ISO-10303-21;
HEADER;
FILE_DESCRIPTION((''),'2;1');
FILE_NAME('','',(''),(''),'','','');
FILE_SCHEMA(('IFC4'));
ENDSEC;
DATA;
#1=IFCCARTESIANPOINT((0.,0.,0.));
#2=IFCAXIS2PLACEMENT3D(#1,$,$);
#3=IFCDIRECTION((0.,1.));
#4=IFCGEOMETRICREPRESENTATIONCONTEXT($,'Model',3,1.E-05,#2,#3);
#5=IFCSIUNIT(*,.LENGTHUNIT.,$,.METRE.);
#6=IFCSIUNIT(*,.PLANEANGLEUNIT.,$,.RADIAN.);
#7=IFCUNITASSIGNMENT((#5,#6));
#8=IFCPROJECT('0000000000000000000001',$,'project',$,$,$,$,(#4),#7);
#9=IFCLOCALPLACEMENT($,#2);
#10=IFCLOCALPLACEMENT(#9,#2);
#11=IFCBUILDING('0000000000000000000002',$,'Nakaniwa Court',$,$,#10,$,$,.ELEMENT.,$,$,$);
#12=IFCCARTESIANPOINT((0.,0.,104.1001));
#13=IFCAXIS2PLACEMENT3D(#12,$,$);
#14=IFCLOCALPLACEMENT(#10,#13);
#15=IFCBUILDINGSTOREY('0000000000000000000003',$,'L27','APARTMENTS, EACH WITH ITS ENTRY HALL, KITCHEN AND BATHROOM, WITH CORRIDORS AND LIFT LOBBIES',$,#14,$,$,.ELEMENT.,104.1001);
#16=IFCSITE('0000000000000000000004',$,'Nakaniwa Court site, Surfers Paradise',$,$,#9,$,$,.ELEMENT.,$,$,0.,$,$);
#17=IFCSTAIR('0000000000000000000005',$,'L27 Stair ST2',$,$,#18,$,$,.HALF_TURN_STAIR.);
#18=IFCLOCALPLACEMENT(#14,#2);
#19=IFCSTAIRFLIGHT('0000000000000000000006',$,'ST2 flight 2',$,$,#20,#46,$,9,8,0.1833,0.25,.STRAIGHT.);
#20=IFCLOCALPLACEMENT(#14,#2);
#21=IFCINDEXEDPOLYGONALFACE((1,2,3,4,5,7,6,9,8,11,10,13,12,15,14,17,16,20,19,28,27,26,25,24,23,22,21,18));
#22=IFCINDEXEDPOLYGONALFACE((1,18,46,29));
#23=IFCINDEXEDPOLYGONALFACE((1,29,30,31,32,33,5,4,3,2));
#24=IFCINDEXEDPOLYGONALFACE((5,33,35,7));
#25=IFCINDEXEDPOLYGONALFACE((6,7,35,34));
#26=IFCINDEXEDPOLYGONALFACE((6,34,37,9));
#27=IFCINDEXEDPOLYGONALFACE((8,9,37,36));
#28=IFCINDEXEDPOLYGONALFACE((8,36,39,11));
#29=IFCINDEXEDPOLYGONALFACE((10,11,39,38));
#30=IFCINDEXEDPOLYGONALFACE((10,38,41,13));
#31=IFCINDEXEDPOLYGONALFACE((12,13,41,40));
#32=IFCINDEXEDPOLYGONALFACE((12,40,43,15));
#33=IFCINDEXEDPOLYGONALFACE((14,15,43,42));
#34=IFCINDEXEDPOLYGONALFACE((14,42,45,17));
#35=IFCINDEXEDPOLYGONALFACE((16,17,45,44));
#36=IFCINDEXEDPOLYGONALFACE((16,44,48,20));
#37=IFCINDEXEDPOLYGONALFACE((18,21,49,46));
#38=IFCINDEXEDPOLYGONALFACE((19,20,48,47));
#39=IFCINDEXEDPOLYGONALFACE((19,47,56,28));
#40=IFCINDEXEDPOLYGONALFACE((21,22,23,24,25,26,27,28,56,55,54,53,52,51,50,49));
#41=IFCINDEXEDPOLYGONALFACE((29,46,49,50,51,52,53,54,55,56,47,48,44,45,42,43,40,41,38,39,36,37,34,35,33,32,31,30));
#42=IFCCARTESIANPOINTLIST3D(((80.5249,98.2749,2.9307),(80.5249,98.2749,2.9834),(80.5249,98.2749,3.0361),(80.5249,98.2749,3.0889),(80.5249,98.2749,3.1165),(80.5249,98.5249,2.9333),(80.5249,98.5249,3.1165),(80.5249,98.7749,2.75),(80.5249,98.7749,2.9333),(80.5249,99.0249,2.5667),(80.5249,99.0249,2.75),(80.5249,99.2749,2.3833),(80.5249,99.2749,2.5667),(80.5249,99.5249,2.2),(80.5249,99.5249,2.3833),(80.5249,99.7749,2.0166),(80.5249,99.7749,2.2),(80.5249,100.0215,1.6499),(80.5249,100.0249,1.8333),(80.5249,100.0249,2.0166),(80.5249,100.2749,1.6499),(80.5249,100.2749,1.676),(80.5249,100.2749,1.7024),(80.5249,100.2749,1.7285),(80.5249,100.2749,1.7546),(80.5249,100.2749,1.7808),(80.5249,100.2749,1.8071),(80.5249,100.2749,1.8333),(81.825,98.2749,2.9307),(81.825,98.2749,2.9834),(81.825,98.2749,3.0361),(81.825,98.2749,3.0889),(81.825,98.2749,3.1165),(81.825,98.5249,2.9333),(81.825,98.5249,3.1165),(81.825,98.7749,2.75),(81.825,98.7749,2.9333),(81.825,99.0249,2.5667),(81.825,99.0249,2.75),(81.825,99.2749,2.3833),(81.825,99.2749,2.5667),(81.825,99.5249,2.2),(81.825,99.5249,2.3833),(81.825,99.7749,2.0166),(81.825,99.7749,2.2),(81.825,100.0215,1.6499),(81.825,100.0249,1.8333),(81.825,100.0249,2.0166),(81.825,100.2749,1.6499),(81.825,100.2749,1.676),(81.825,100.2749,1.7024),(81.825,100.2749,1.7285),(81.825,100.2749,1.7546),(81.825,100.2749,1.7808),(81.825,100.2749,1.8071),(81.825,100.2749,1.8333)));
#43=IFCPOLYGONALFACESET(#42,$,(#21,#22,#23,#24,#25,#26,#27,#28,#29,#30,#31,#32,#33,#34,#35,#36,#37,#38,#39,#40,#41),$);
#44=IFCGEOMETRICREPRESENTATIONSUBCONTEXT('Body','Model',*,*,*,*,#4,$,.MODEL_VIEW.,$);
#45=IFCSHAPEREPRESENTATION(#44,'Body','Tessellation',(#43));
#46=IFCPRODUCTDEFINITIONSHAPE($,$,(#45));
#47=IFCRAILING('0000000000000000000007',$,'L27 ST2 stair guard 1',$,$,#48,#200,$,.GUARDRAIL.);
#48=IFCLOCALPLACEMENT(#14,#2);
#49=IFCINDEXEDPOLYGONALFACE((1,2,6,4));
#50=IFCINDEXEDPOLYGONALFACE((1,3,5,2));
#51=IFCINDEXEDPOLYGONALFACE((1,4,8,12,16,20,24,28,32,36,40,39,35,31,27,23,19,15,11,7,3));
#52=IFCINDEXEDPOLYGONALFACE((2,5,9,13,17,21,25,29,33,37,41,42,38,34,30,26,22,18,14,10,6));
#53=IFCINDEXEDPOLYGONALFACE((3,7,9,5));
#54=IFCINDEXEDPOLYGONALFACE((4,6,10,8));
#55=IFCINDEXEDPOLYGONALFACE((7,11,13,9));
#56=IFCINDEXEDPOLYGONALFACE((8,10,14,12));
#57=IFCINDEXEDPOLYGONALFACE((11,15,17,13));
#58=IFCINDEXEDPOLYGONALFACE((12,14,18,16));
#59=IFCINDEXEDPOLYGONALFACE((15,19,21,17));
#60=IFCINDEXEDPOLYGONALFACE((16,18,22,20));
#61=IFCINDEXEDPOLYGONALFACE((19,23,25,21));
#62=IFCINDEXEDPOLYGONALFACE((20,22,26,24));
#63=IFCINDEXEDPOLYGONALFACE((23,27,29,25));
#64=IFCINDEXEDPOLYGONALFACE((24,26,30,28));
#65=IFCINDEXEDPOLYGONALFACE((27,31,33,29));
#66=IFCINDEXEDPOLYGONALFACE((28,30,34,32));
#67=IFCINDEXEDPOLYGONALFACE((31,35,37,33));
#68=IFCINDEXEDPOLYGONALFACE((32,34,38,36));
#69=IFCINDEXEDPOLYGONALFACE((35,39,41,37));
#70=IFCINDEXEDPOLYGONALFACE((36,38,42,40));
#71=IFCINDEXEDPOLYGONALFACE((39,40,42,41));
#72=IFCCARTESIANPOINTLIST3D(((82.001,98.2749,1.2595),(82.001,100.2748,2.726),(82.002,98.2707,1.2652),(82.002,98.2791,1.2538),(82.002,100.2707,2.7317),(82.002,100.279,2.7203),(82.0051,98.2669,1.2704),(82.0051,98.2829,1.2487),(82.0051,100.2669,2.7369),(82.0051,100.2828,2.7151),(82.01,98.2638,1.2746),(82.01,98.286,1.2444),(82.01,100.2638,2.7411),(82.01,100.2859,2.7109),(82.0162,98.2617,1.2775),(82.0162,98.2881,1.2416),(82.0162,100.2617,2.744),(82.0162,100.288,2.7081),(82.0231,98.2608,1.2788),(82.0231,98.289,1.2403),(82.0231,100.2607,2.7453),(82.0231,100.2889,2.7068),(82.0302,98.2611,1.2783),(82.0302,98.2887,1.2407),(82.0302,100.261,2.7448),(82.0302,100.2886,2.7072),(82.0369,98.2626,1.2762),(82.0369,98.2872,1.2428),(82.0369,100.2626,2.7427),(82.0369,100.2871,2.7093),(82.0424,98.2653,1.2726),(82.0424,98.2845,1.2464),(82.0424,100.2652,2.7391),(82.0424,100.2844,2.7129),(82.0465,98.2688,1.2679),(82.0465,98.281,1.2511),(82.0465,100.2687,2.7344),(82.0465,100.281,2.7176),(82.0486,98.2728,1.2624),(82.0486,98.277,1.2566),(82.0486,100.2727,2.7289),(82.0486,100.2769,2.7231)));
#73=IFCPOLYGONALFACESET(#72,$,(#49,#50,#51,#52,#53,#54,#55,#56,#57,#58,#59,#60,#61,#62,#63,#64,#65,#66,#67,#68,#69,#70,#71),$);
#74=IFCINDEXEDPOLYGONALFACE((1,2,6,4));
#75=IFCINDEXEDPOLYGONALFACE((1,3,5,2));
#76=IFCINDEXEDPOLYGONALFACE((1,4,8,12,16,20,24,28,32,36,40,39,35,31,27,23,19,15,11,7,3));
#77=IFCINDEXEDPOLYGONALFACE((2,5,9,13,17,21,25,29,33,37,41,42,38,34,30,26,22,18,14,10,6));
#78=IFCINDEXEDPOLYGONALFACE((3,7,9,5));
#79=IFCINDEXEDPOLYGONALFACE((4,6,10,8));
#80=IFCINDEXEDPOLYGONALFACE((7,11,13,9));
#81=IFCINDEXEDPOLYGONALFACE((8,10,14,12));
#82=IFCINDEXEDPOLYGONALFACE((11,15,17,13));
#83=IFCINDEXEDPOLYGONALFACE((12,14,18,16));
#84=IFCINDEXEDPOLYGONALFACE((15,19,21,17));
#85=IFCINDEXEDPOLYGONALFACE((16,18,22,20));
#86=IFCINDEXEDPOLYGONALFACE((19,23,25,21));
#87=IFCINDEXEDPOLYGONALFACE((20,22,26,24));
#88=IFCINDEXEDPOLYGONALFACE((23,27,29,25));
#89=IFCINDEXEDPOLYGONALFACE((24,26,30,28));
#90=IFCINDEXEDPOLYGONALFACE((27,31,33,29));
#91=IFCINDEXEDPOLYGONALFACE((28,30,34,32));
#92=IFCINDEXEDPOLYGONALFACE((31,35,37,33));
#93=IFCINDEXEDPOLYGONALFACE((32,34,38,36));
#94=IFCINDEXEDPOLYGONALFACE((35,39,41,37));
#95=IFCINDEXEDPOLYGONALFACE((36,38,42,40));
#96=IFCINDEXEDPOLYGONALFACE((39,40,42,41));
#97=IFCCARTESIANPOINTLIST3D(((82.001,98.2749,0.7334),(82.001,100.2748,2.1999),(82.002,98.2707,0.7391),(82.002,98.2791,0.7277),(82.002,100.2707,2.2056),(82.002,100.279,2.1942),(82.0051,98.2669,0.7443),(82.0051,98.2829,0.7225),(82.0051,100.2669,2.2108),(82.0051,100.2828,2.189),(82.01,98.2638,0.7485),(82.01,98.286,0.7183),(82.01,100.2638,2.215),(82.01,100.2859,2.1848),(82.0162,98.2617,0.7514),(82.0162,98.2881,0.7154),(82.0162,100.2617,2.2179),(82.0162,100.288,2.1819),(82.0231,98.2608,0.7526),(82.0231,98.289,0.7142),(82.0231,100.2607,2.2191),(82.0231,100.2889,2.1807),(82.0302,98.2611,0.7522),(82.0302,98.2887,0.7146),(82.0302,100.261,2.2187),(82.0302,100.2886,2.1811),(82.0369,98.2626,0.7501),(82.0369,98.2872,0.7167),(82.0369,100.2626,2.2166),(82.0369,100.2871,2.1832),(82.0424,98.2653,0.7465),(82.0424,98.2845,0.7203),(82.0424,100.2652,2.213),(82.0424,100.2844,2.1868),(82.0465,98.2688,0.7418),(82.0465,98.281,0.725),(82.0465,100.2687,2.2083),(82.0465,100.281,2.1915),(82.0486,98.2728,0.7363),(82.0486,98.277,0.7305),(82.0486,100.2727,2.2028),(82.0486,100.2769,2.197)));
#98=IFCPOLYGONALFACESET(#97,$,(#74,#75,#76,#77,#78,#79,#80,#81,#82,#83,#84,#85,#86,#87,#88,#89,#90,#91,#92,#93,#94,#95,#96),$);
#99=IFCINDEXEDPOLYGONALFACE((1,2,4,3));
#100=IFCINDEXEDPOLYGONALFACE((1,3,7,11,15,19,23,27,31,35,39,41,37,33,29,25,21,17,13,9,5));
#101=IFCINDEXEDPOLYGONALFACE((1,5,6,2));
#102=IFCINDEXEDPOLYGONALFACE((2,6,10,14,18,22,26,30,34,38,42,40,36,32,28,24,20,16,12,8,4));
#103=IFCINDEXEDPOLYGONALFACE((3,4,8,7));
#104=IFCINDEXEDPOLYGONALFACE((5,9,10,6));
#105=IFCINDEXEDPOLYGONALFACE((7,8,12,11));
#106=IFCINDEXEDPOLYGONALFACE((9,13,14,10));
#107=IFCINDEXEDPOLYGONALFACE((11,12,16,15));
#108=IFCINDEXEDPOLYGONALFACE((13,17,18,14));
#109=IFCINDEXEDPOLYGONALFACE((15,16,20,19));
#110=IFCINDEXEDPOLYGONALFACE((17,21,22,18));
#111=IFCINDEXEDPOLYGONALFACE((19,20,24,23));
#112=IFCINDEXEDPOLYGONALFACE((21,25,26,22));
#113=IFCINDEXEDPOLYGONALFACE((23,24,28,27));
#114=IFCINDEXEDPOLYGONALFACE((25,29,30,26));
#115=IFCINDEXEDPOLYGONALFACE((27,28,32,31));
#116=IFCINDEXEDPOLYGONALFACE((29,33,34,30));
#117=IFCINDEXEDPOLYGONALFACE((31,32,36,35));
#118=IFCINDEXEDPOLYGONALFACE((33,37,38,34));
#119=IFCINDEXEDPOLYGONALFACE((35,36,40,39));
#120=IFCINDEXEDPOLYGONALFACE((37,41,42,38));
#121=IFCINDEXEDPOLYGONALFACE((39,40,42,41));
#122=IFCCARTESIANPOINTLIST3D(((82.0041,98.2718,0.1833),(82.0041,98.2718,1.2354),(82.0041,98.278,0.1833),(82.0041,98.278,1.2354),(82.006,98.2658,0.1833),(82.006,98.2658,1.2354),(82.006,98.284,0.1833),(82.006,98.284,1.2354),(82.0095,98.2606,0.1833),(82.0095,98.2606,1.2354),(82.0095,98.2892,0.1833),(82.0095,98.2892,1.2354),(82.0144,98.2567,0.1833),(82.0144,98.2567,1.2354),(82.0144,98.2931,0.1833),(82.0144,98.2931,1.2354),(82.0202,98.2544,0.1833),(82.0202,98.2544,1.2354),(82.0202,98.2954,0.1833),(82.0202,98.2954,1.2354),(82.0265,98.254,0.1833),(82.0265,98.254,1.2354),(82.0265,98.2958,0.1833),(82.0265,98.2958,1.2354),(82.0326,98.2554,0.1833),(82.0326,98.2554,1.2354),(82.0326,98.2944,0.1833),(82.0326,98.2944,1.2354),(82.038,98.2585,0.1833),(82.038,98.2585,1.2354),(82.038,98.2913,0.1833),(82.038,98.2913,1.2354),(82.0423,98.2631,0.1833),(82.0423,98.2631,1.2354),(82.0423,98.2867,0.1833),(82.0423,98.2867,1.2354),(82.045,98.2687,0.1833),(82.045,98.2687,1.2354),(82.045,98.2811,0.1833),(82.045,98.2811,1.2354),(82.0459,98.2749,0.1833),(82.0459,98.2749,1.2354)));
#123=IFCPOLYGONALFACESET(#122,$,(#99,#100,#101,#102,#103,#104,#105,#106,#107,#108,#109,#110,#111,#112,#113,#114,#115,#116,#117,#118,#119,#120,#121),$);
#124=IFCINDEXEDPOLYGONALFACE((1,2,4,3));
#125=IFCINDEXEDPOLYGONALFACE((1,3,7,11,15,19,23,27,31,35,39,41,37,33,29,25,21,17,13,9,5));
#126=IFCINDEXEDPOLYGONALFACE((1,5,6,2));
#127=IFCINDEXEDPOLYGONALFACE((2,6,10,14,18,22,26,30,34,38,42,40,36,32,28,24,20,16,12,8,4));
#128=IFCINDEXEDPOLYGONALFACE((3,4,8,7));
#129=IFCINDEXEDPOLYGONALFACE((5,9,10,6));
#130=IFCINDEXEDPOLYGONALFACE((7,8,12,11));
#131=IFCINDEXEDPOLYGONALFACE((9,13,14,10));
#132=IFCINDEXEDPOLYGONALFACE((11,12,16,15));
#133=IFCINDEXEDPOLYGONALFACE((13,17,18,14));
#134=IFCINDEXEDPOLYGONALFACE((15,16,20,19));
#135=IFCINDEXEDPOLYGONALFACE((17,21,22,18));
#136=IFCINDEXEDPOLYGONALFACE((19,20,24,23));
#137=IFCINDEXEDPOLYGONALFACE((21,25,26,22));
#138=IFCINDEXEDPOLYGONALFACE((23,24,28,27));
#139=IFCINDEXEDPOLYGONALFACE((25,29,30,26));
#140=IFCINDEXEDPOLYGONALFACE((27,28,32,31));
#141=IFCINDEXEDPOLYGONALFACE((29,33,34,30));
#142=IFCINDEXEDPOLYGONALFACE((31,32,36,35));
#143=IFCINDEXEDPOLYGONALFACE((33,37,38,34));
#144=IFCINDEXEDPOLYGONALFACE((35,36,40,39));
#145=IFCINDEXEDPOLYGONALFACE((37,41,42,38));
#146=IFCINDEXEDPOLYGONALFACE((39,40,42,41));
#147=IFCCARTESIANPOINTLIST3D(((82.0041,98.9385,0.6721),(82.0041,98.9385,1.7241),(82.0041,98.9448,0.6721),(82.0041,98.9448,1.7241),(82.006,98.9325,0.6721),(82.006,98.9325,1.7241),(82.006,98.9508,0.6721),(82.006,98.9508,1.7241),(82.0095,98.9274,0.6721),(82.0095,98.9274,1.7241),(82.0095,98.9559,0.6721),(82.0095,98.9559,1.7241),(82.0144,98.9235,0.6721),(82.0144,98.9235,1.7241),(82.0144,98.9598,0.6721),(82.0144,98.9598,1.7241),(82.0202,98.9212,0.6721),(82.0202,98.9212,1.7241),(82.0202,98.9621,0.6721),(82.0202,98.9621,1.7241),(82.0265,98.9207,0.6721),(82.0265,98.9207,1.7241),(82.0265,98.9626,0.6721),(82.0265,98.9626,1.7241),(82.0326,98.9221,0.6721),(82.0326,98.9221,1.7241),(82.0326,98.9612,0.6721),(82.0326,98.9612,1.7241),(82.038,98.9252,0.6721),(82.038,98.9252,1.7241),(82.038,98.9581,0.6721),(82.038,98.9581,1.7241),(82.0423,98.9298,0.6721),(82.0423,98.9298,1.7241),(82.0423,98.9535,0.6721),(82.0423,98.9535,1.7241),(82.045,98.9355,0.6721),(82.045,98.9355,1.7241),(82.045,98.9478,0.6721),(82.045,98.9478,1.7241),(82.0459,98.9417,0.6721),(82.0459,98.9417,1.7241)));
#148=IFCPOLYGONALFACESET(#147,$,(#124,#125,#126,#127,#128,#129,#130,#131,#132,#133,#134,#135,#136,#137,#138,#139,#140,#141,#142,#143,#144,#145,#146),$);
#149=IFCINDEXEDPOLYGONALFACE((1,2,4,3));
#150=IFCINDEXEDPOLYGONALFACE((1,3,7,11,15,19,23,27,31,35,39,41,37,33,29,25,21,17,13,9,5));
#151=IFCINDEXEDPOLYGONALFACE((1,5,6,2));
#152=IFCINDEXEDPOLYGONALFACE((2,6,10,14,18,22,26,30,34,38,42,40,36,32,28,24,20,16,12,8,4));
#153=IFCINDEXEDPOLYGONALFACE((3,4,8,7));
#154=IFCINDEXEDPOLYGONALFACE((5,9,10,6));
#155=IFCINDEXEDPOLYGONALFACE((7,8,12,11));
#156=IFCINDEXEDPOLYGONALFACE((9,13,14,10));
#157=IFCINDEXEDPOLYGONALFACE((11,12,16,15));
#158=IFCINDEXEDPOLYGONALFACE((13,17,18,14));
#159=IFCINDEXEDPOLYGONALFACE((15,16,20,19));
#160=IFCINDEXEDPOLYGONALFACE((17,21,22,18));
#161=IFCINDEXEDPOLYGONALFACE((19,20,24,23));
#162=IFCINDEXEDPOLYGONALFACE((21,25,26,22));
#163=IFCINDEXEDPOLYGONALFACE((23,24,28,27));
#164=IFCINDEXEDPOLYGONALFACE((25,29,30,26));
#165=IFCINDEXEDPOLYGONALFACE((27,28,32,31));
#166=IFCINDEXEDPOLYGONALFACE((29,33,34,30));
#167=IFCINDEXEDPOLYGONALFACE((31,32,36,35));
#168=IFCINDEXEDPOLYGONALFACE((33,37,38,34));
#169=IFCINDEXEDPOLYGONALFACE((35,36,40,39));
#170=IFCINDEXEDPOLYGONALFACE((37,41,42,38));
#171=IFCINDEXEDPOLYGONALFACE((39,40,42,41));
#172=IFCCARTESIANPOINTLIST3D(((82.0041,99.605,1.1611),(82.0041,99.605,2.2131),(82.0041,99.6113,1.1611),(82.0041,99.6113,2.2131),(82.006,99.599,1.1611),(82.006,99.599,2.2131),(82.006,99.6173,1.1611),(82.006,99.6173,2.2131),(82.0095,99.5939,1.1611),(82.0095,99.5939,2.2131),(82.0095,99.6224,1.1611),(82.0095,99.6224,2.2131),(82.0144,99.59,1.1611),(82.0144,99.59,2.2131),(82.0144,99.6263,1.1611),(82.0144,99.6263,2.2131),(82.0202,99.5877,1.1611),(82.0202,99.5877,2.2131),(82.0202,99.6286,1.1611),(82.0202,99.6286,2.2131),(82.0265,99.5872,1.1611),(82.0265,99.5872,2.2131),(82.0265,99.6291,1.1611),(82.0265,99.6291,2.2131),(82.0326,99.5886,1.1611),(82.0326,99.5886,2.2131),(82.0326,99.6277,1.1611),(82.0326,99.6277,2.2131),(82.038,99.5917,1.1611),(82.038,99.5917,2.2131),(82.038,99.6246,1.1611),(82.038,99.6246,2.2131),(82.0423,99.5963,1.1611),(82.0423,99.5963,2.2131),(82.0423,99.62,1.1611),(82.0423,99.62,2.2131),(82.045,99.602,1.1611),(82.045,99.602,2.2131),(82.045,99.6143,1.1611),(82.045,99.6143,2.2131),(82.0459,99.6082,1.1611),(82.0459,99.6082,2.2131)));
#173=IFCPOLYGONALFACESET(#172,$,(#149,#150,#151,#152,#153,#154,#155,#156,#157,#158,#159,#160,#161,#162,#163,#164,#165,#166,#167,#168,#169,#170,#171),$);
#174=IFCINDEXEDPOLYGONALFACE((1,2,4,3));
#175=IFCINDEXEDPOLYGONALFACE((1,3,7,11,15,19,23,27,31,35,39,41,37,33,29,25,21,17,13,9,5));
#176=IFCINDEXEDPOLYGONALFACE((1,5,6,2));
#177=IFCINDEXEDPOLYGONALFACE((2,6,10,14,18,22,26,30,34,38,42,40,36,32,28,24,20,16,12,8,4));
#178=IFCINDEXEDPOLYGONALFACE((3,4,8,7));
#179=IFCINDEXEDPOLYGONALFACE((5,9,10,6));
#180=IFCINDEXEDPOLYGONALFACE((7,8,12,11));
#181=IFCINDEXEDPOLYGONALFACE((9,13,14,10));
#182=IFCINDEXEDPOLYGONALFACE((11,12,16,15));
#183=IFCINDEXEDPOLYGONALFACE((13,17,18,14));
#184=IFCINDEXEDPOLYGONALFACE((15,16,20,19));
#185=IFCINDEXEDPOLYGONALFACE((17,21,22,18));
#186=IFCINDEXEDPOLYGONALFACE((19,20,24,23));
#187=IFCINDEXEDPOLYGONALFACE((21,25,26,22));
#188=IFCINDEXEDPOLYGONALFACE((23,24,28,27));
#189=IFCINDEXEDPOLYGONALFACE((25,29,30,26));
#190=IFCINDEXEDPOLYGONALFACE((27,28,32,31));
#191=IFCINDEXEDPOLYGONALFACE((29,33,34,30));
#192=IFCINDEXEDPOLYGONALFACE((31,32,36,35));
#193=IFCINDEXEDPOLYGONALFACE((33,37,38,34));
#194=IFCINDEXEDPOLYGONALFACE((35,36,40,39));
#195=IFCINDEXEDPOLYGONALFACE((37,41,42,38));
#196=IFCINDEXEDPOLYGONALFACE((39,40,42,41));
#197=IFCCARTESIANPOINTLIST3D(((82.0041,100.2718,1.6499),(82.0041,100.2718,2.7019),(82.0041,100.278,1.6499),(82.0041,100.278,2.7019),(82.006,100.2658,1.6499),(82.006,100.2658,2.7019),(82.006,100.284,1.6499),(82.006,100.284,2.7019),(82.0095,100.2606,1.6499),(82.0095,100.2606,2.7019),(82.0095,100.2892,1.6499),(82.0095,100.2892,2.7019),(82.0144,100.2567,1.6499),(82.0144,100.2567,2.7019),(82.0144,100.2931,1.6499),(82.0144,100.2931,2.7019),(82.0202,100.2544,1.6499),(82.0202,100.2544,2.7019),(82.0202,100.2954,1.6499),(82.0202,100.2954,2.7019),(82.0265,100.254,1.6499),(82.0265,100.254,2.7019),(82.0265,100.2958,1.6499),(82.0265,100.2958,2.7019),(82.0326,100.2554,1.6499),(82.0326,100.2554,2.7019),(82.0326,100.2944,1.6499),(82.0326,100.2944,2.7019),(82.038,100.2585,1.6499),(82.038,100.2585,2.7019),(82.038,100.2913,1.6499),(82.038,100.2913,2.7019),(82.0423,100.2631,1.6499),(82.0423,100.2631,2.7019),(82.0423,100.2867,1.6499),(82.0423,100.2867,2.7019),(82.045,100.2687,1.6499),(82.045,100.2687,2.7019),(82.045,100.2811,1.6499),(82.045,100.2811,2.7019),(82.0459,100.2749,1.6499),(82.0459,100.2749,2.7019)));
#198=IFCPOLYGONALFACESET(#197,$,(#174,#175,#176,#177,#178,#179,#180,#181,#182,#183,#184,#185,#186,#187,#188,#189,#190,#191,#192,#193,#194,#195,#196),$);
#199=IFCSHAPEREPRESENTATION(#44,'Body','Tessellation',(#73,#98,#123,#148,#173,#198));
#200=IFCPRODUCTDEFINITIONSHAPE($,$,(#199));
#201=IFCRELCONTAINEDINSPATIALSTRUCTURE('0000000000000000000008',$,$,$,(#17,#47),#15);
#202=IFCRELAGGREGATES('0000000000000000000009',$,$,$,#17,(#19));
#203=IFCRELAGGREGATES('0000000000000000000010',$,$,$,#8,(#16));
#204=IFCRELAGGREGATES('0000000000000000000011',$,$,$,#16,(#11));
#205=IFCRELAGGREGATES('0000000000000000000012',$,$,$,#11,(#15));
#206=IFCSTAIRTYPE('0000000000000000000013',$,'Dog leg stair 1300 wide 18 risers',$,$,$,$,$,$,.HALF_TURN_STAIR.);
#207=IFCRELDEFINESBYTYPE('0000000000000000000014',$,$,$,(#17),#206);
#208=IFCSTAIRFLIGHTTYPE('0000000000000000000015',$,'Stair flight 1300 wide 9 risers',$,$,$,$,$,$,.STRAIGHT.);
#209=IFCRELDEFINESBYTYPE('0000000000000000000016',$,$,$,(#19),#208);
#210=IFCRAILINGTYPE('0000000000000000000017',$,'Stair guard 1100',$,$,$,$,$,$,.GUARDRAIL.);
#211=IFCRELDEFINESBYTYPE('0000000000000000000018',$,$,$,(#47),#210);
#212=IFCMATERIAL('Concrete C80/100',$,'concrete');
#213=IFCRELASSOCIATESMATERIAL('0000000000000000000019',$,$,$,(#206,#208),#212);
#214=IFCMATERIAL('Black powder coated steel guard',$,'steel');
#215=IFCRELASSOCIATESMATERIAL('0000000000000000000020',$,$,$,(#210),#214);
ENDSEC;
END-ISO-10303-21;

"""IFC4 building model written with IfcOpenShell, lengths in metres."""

from ifc_helpers import new_model, si_unit, direction, frame, origin, origin_2d, place, context, subcontext, project, spatial, polyline, circle, outline, extrude, material, type_object, element, aggregate, save


model = new_model("IFC4")

# Units and contexts
model_context = context("Model", 3, precision=1e-05, world=origin(), true_north=direction((0.0, 1.0)))
body_context = subcontext(model_context, "Body", "Model", "MODEL_VIEW")
ifc_project = project(units=[si_unit("LENGTHUNIT", "METRE"), si_unit("PLANEANGLEUNIT", "RADIAN")], contexts=[model_context])

# Site, building, storey
site_placement = place(None, origin())
site = spatial("IfcSite", under=ifc_project, at=site_placement, Name="Nakaniwa Court site, Surfers Paradise", CompositionType="ELEMENT", RefElevation=0.0)
building_placement = place(site_placement, origin())
building = spatial("IfcBuilding", under=site, at=building_placement, Name="Nakaniwa Court", CompositionType="ELEMENT")
storey_placement = place(building_placement, frame((0.0, 0.0, 104.1001)))
storey = spatial("IfcBuildingStorey", under=building, at=storey_placement, Name="L27", Description="APARTMENTS, EACH WITH ITS ENTRY HALL, KITCHEN AND BATHROOM, WITH CORRIDORS AND LIFT LOBBIES", CompositionType="ELEMENT", Elevation=104.1001)

# Shared definitions
ifc_material_1 = material(Name="Concrete C80/100", Category="concrete")

# Stair, stair flight
stair_type = type_object("IfcStairType", Name="Dog leg stair 1300 wide 18 risers", PredefinedType="HALF_TURN_STAIR", material=ifc_material_1)
stair_placement = place(storey_placement, origin())
stair = element("IfcStair", 1, at=stair_placement, inside=storey, type_object=stair_type, Name="L27 Stair ST2", PredefinedType="HALF_TURN_STAIR")
stair_flight_type = type_object("IfcStairFlightType", Name="Stair flight 1300 wide 9 risers", PredefinedType="STRAIGHT", material=ifc_material_1)
stair_flight_1_placement = place(storey_placement, frame((81.175, 100.2749, 1.6499), z_axis=(0.0, 0.0, 1.0), x_axis=(0.0, -1.0, 0.0)))
stair_flight_1 = element("IfcStairFlight", 2, at=stair_flight_1_placement, type_object=stair_flight_type, Name="ST2 flight 2", NumberOfRisers=9, NumberOfTreads=8, PredefinedType="STRAIGHT", RiserHeight=0.1833, TreadLength=0.25, context=body_context, shape_type="SweptSolid", body=[
    extrude(outline(polyline([(0.0, 0.0), (0.0, 0.0261), (0.0, 0.0525), (0.0, 0.0786), (0.0, 0.1047), (0.0, 0.1309), (0.0, 0.1572), (0.0, 0.1833), (0.25, 0.1833), (0.25, 0.3667), (0.5, 0.3667), (0.5, 0.55), (0.75, 0.55), (0.75, 0.7334), (1.0, 0.7334), (1.0, 0.9167), (1.25, 0.9167), (1.25, 1.1001), (1.5, 1.1001), (1.5, 1.2834), (1.75, 1.2834), (1.75, 1.4666), (2.0, 1.4666), (2.0, 1.6499), (2.0, 1.5972), (2.0, 1.5444), (2.0, 1.4917), (2.0, 1.439), (2.0, 1.3862), (2.0, 1.3335), (2.0, 1.2808), (0.2534, 0.0), (0.0, 0.0)])), frame((0.0, 0.6499, 0.0), z_axis=(0.0, -1.0, 0.0), x_axis=(1.0, 0.0, 0.0)), (0.0, 0.0, 1.0), 1.3),
])
aggregate(stair, [stair_flight_1])

# Railing
ifc_material_2 = material(Name="Black powder coated steel guard", Category="steel")
railing_type_1 = type_object("IfcRailingType", Name="Stair guard 1100", PredefinedType="GUARDRAIL", material=ifc_material_2)
railing_1_placement = place(storey_placement, frame((82.0249, 98.2749, 0.1833)))
element("IfcRailing", 3, at=railing_1_placement, inside=storey, type_object=railing_type_1, Name="L27 ST2 stair guard 1", PredefinedType="GUARDRAIL", context=body_context, shape_type="SweptSolid", body=[
    extrude(circle(Radius=0.0239, at=origin_2d()), frame((0.0, 0.0, 1.0762), z_axis=(0.0, 0.806427, 0.591334), x_axis=(-1.0, 0.0, 0.0)), (0.0, 0.0, 1.0), 2.48),
    extrude(circle(Radius=0.0239, at=origin_2d()), frame((0.0, 0.0, 0.55), z_axis=(0.0, 0.806427, 0.591334), x_axis=(-1.0, 0.0, 0.0)), (0.0, 0.0, 1.0), 2.48),
    extrude(circle(Radius=0.021, at=origin_2d()), origin(), (0.0, 0.0, 1.0), 1.052),
    extrude(circle(Radius=0.021, at=origin_2d()), frame((0.0, 0.6667, 0.4888)), (0.0, 0.0, 1.0), 1.052),
    extrude(circle(Radius=0.021, at=origin_2d()), frame((0.0, 1.3333, 0.9778)), (0.0, 0.0, 1.0), 1.052),
    extrude(circle(Radius=0.021, at=origin_2d()), frame((0.0, 2.0, 1.4666)), (0.0, 0.0, 1.0), 1.052),
])

save(model, "model.ifc")
